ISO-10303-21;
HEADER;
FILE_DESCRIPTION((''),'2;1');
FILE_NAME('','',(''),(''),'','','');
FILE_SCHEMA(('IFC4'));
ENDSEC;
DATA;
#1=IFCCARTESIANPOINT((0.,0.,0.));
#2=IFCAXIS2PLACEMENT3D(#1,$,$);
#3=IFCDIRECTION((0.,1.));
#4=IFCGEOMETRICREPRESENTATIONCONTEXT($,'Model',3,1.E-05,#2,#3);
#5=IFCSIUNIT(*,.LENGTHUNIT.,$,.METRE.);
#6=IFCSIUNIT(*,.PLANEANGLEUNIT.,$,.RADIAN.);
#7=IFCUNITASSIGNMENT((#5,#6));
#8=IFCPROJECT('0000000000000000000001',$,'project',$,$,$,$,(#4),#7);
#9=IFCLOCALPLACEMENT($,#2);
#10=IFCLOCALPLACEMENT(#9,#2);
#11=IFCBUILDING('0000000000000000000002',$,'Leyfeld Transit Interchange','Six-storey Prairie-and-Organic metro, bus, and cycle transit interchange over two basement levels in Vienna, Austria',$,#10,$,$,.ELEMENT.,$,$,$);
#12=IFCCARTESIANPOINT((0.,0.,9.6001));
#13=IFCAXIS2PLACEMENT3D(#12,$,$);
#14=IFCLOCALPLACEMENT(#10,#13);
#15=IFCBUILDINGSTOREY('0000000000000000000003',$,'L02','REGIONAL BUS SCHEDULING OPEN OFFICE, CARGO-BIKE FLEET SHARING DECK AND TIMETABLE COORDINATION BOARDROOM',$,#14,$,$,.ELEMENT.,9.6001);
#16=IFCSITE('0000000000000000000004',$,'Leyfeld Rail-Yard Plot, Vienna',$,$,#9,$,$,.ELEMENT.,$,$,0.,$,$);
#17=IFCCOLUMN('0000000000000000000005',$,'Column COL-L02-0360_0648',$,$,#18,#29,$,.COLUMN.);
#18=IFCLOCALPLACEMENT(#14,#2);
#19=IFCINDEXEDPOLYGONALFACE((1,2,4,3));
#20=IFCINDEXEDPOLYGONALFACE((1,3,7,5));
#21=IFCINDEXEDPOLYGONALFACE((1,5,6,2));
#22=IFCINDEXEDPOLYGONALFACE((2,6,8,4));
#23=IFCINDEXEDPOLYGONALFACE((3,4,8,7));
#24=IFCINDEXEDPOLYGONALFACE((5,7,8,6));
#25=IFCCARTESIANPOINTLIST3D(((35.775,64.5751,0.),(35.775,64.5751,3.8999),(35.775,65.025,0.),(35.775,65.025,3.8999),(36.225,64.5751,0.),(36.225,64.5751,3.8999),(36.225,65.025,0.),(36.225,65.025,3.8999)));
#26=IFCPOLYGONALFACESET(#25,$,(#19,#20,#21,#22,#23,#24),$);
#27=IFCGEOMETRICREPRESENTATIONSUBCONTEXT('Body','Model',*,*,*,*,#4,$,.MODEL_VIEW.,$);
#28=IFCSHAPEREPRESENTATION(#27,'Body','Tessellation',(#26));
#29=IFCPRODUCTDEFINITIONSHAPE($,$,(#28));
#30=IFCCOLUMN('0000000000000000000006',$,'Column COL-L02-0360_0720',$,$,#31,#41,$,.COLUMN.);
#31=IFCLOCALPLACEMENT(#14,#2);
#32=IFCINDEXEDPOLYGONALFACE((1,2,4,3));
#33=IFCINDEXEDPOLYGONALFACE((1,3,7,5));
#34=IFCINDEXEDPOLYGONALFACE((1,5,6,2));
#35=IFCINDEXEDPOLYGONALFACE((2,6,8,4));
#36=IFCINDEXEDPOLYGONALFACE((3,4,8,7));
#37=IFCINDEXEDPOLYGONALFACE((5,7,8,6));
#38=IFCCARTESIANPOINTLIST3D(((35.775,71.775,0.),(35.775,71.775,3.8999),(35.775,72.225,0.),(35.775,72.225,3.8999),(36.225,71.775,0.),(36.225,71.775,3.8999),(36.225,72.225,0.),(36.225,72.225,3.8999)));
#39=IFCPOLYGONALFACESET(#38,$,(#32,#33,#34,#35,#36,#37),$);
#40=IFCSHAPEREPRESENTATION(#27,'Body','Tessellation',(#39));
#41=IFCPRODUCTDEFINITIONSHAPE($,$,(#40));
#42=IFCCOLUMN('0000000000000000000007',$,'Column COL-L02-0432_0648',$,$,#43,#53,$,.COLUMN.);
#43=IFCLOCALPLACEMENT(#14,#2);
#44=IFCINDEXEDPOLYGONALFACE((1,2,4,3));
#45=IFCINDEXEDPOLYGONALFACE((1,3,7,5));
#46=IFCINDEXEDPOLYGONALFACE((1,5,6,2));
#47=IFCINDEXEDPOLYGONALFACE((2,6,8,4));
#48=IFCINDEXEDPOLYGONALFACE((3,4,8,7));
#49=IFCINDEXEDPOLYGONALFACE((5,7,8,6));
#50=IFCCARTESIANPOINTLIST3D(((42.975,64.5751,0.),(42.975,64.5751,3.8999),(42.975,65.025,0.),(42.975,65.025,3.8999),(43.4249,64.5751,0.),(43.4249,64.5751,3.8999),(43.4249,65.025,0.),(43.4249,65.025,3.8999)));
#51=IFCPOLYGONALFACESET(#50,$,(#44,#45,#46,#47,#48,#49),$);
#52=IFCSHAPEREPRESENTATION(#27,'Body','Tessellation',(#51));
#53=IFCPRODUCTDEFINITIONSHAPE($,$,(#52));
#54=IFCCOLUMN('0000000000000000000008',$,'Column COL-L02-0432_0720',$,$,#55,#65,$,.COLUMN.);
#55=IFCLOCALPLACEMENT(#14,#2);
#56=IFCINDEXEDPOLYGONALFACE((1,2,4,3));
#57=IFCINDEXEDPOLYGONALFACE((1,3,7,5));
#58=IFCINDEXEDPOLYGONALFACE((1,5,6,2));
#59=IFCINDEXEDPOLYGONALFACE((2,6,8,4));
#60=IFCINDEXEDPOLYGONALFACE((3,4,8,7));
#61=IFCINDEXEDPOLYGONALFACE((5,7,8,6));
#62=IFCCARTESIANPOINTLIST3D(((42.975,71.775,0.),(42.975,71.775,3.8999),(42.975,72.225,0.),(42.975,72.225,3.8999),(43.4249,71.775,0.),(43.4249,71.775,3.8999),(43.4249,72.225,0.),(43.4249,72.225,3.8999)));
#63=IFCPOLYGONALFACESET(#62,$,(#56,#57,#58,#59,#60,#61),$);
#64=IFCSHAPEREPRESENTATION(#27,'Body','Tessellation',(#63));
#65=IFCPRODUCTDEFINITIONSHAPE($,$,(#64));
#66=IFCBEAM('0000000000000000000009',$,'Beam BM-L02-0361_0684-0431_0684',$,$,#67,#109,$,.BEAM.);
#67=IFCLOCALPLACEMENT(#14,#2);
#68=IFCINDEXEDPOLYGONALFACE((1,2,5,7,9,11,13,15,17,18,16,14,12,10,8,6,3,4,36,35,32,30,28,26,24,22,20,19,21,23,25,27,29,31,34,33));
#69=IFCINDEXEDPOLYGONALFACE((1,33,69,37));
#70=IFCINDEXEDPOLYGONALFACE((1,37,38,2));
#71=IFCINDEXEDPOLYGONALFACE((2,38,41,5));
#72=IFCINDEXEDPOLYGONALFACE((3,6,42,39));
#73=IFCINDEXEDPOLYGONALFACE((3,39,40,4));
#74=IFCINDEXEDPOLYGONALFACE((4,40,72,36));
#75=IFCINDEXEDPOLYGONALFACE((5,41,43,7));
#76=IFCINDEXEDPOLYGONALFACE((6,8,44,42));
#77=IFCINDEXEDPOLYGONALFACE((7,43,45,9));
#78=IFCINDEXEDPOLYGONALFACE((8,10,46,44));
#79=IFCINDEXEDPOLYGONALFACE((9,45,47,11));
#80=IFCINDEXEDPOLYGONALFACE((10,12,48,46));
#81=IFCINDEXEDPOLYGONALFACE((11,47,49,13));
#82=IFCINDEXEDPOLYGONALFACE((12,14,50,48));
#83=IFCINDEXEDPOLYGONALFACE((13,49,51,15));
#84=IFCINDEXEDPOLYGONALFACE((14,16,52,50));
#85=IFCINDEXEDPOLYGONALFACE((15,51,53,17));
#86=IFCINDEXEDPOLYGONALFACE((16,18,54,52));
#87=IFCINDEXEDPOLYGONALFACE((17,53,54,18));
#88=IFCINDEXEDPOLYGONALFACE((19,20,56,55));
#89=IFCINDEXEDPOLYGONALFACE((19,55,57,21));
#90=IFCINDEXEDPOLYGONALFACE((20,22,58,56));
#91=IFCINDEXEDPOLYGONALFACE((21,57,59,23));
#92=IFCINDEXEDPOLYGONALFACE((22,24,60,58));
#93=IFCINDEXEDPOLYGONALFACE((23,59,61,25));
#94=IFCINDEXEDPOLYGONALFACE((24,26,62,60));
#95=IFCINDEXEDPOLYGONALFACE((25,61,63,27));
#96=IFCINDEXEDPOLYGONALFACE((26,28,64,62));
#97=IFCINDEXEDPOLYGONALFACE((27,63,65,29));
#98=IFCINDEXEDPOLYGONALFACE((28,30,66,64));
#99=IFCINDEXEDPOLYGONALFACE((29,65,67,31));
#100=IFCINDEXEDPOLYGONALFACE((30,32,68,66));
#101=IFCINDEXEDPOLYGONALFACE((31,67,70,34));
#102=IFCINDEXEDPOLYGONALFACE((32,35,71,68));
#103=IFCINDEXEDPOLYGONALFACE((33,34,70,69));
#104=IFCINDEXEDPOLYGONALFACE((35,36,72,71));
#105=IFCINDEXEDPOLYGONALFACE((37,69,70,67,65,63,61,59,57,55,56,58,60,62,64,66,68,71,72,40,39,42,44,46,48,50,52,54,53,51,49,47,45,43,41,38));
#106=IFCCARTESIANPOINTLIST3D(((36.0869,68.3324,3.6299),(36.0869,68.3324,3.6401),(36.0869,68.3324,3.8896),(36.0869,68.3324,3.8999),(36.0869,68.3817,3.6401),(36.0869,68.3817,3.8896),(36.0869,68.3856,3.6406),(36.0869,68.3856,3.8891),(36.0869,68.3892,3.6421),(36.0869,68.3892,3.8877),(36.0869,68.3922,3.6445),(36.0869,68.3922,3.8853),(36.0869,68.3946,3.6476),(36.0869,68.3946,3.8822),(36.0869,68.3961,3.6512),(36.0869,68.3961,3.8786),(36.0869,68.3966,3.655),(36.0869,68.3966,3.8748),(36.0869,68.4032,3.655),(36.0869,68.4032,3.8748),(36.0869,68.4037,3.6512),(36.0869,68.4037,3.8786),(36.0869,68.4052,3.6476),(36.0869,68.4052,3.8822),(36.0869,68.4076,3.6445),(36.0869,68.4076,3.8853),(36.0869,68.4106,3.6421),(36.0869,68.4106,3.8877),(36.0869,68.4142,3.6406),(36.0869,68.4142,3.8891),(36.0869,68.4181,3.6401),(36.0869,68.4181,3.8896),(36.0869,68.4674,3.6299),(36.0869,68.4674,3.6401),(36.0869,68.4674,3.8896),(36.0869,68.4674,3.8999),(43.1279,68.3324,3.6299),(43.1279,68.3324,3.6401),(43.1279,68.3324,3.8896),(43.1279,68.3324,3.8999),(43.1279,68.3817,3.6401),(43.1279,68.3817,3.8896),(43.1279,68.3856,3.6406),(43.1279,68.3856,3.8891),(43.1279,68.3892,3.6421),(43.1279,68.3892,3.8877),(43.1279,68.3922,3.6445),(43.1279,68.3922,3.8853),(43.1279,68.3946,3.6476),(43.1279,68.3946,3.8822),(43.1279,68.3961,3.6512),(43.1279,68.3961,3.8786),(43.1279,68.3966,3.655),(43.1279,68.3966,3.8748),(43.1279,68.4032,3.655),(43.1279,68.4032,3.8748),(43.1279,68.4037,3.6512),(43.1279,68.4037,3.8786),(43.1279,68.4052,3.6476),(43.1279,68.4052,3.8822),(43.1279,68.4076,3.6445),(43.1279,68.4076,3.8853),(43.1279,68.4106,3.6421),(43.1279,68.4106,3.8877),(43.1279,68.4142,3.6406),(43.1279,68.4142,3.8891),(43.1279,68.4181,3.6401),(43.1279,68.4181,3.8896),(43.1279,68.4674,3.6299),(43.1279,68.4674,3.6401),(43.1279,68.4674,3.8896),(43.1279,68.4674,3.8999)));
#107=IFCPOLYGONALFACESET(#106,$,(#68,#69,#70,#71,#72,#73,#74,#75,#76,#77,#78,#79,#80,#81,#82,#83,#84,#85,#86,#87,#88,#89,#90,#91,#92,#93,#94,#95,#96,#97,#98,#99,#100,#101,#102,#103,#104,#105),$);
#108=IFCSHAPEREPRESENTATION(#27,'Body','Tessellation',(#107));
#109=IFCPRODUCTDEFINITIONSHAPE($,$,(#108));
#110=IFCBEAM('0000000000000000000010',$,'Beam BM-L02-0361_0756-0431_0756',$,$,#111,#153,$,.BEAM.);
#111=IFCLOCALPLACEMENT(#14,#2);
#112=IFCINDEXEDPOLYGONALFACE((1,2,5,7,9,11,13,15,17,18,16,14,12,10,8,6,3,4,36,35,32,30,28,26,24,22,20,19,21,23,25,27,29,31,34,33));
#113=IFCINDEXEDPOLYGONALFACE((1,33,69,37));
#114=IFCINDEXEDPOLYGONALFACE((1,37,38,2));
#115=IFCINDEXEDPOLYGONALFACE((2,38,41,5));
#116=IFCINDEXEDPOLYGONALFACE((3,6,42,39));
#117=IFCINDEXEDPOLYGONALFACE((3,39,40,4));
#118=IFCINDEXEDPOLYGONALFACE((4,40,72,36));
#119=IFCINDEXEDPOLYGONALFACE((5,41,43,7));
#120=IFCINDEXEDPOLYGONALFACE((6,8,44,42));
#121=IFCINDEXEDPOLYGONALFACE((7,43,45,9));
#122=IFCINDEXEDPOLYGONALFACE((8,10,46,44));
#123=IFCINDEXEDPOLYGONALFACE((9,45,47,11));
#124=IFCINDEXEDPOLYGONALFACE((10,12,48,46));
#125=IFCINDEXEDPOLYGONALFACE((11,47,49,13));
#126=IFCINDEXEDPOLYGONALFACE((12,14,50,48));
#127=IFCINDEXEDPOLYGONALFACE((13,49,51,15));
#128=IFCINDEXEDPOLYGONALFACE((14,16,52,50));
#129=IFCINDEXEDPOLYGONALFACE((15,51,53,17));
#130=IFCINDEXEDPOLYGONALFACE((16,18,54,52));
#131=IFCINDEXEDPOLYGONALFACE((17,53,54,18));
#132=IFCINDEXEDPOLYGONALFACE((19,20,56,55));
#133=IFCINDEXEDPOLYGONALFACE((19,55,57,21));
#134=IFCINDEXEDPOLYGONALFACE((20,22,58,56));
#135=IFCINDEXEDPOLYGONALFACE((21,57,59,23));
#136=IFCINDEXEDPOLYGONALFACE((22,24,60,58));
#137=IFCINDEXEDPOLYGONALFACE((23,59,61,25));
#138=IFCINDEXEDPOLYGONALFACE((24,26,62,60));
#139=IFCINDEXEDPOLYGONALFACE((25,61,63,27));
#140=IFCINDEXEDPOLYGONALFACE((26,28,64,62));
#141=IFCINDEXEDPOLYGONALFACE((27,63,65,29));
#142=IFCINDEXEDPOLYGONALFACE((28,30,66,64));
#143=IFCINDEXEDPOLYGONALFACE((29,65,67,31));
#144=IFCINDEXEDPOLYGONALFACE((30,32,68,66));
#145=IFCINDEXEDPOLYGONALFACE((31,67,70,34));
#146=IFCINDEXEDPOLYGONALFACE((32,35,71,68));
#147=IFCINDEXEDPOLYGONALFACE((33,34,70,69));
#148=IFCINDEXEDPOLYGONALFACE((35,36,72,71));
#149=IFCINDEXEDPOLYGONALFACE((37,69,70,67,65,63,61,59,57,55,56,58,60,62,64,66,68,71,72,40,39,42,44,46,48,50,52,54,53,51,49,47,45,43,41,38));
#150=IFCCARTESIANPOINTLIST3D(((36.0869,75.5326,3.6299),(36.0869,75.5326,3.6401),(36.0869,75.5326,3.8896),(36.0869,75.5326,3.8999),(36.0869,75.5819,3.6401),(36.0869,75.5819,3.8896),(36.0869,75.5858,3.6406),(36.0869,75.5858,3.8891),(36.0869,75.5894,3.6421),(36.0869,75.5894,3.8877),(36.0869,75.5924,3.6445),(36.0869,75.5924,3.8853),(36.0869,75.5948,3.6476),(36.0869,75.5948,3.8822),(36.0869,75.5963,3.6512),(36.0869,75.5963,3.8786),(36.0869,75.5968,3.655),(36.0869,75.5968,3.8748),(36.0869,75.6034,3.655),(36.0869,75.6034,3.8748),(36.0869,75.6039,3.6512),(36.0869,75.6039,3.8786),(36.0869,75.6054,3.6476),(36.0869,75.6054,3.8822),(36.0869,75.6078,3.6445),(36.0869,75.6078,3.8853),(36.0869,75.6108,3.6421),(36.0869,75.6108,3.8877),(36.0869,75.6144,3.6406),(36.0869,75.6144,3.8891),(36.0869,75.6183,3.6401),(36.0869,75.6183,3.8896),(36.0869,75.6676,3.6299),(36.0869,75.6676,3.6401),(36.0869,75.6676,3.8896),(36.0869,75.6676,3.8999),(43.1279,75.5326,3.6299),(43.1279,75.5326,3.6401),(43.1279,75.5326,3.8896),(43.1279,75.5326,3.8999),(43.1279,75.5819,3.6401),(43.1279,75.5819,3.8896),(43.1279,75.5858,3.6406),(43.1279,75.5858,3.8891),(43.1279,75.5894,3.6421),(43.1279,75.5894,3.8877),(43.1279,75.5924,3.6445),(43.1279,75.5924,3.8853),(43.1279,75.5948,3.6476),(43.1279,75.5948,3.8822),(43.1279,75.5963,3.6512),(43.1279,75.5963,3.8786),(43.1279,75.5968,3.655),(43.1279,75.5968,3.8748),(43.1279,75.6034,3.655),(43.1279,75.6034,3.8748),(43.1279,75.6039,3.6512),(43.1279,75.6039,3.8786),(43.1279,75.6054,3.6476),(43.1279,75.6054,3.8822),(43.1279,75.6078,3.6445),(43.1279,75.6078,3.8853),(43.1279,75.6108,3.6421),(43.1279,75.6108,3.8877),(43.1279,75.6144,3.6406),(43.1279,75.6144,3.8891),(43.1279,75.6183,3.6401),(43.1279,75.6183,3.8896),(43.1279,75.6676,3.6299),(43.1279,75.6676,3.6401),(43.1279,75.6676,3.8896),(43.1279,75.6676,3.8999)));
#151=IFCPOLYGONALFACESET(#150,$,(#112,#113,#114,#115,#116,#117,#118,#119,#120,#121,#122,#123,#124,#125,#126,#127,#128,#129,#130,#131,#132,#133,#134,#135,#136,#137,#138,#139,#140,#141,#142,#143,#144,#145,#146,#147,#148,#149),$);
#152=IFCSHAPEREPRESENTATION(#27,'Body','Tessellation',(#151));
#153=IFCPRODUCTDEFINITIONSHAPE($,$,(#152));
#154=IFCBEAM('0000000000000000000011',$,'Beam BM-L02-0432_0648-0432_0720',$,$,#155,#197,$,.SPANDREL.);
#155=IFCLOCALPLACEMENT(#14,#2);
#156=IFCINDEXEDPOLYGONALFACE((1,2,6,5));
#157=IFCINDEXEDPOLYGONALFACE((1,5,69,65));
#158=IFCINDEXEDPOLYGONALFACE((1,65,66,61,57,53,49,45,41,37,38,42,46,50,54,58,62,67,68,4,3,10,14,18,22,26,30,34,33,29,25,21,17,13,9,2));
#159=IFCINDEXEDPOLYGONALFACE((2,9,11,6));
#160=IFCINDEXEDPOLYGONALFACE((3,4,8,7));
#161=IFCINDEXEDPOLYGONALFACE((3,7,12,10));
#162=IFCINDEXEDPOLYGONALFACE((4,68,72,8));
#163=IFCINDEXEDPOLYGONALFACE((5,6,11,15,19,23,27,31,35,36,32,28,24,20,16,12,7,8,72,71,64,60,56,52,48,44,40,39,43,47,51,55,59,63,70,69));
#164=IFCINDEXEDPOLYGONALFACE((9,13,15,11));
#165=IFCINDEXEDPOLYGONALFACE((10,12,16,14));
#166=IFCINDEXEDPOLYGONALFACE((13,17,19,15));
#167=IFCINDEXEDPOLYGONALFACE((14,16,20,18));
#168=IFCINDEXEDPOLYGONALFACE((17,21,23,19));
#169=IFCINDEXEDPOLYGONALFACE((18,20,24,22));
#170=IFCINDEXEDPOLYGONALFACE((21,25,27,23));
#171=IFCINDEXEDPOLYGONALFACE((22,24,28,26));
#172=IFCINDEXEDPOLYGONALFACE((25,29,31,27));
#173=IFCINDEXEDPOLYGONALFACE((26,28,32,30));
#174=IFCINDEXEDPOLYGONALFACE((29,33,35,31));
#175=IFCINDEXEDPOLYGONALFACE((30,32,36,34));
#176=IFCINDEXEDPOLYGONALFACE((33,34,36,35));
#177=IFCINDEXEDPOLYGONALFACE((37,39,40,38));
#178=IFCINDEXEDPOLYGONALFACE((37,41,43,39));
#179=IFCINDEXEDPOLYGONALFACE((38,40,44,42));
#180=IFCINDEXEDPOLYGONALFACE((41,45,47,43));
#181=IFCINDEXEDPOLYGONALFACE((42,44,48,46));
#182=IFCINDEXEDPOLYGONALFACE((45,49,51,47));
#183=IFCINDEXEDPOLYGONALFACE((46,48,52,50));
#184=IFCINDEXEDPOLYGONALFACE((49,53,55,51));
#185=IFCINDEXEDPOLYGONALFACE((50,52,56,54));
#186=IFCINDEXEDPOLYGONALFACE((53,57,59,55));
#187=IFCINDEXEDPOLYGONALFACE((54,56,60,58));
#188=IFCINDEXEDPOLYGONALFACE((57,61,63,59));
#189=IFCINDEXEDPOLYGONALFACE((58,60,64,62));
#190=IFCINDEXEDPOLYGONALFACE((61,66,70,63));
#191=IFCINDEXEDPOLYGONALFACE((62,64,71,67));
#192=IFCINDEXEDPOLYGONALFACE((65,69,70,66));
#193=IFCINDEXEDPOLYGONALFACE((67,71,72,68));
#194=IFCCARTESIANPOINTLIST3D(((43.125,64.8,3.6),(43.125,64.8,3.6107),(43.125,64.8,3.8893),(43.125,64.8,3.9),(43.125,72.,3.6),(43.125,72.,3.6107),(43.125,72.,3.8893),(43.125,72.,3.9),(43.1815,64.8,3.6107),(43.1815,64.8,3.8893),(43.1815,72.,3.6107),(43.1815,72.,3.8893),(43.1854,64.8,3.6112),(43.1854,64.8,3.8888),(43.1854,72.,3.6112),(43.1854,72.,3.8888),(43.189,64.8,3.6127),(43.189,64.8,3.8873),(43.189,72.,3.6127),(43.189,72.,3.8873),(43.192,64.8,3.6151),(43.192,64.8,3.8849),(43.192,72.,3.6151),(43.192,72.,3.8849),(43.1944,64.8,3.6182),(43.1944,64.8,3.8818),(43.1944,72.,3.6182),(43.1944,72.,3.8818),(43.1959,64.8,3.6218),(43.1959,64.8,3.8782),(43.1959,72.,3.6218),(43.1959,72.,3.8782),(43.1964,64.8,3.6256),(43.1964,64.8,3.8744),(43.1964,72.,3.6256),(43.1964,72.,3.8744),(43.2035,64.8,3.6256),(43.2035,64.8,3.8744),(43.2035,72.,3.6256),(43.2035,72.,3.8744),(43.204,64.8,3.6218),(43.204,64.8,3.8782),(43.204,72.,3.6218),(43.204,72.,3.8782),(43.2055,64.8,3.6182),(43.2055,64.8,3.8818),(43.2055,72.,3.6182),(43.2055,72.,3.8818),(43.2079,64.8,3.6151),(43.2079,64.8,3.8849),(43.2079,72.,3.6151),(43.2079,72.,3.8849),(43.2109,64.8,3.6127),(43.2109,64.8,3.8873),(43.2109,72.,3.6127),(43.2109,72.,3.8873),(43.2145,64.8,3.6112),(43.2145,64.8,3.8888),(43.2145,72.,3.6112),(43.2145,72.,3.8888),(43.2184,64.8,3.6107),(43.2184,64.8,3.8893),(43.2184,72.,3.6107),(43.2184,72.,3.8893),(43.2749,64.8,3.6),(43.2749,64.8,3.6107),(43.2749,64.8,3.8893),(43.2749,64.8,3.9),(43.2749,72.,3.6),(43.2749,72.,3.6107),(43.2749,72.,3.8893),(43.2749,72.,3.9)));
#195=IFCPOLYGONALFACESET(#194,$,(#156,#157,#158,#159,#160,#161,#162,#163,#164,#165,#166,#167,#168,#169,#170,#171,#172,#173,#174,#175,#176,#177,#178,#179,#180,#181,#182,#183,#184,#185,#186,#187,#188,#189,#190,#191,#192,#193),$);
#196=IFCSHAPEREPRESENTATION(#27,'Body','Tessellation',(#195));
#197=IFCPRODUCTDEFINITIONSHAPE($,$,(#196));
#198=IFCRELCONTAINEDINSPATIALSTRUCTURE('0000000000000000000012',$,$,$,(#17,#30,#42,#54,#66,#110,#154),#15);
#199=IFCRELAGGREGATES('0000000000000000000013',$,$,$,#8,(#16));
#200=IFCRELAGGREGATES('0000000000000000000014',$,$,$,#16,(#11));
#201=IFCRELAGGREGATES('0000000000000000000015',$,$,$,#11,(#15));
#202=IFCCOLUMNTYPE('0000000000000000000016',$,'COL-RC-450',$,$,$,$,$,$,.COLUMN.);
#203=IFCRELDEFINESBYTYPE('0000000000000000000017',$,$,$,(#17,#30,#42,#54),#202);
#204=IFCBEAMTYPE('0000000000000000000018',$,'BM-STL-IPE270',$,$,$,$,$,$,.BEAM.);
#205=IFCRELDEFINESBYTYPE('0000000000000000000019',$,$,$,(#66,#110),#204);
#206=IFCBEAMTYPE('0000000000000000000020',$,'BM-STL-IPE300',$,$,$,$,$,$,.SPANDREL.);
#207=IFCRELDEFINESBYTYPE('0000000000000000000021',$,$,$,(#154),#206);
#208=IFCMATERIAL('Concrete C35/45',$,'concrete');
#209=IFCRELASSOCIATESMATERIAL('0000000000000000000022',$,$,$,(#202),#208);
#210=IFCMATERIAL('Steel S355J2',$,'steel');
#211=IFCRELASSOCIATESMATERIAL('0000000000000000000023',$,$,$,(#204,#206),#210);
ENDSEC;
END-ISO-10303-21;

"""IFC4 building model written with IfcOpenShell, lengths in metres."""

from ifc_helpers import new_model, si_unit, direction, frame, origin, origin_2d, place, context, subcontext, project, spatial, rectangle, i_section, extrude, material, material_profile, profile_set, type_object, element, save


model = new_model("IFC4")

# Units and contexts
model_context = context("Model", 3, precision=1e-05, world=origin(), true_north=direction((0.0, 1.0)))
body_context = subcontext(model_context, "Body", "Model", "MODEL_VIEW")
ifc_project = project(units=[si_unit("LENGTHUNIT", "METRE"), si_unit("PLANEANGLEUNIT", "RADIAN")], contexts=[model_context])

# Site, building, storey
site_placement = place(None, origin())
site = spatial("IfcSite", under=ifc_project, at=site_placement, Name="Leyfeld Rail-Yard Plot, Vienna", CompositionType="ELEMENT", RefElevation=0.0)
building_placement = place(site_placement, origin())
building = spatial("IfcBuilding", under=site, at=building_placement, Name="Leyfeld Transit Interchange", Description="Six-storey Prairie-and-Organic metro, bus, and cycle transit interchange over two basement levels in Vienna, Austria", CompositionType="ELEMENT")
storey_placement = place(building_placement, frame((0.0, 0.0, 9.6001)))
storey = spatial("IfcBuildingStorey", under=building, at=storey_placement, Name="L02", Description="REGIONAL BUS SCHEDULING OPEN OFFICE, CARGO-BIKE FLEET SHARING DECK AND TIMETABLE COORDINATION BOARDROOM", CompositionType="ELEMENT", Elevation=9.6001)

# Columns
ifc_material_1 = material(Name="Concrete C35/45", Category="concrete")
ifc_material_profile_1 = material_profile(ifc_material_1, rectangle(XDim=0.45, YDim=0.45, at=origin_2d()), Name="RC 450x450")
ifc_profile_set_1 = profile_set([ifc_material_profile_1], Name="Concrete C35/45")
column_type = type_object("IfcColumnType", Name="COL-RC-450", PredefinedType="COLUMN", material=ifc_profile_set_1)
for number, where, z_axis, x_axis, name in (
    (1, (36.0, 64.8, 0.0), (0.0, 0.0, 1.0), (1.0, 0.0, 0.0), "Column COL-L02-0360_0648"),
    (2, (36.0, 72.0, 0.0), (0.0, 0.0, 1.0), (1.0, 0.0, 0.0), "Column COL-L02-0360_0720"),
    (3, (43.2, 64.8, 0.0), (0.0, 0.0, 1.0), (1.0, 0.0, 0.0), "Column COL-L02-0432_0648"),
    (4, (43.2, 72.0, 0.0), (0.0, 0.0, 1.0), (0.0, 1.0, 0.0), "Column COL-L02-0432_0720"),
):
    element("IfcColumn", number, at=place(storey_placement, frame(where, z_axis=z_axis, x_axis=x_axis)), inside=storey, type_object=column_type, Name=name, PredefinedType="COLUMN", context=body_context, shape_type="SweptSolid", body=[
        extrude(rectangle(XDim=0.45, YDim=0.45, at=origin_2d()), origin(), (0.0, 0.0, 1.0), 3.8999),
    ])

# Beams
ifc_material_2 = material(Name="Steel S355J2", Category="steel")
ifc_material_profile_2 = material_profile(ifc_material_2, i_section(OverallWidth=0.135, OverallDepth=0.27, WebThickness=0.0066, FlangeThickness=0.0103, FilletRadius=0.0149, at=origin_2d()), Name="IPE 270")
ifc_profile_set_2 = profile_set([ifc_material_profile_2], Name="Steel S355J2")
beam_type_1 = type_object("IfcBeamType", Name="BM-STL-IPE270", PredefinedType="BEAM", material=ifc_profile_set_2)
for number, where, z_axis, x_axis, name in (
    (5, (36.0869, 68.3999, 3.7649), (1.0, 0.0, 0.0), (0.0, 1.0, 0.0), "Beam BM-L02-0361_0684-0431_0684"),
    (6, (36.0869, 75.6001, 3.7649), (1.0, 0.0, 0.0), (0.0, 1.0, 0.0), "Beam BM-L02-0361_0756-0431_0756"),
):
    element("IfcBeam", number, at=place(storey_placement, frame(where, z_axis=z_axis, x_axis=x_axis)), inside=storey, type_object=beam_type_1, Name=name, PredefinedType="BEAM", context=body_context, shape_type="SweptSolid", body=[
        extrude(i_section(OverallWidth=0.135, OverallDepth=0.27, WebThickness=0.0066, FlangeThickness=0.0103, FilletRadius=0.0149, at=origin_2d()), origin(), (0.0, 0.0, 1.0), 7.041),
    ])
ifc_material_profile_3 = material_profile(ifc_material_2, i_section(OverallWidth=0.1499, OverallDepth=0.3, WebThickness=0.0071, FlangeThickness=0.0107, FilletRadius=0.0149, at=origin_2d()), Name="IPE 300")
ifc_profile_set_3 = profile_set([ifc_material_profile_3], Name="Steel S355J2")
beam_type_2 = type_object("IfcBeamType", Name="BM-STL-IPE300", PredefinedType="SPANDREL", material=ifc_profile_set_3)
for number, where, z_axis, x_axis, name in (
    (7, (43.2, 64.8, 3.75), (0.0, 1.0, 0.0), (-1.0, 0.0, 0.0), "Beam BM-L02-0432_0648-0432_0720"),
):
    element("IfcBeam", number, at=place(storey_placement, frame(where, z_axis=z_axis, x_axis=x_axis)), inside=storey, type_object=beam_type_2, Name=name, PredefinedType="SPANDREL", context=body_context, shape_type="SweptSolid", body=[
        extrude(i_section(OverallWidth=0.1499, OverallDepth=0.3, WebThickness=0.0071, FlangeThickness=0.0107, FilletRadius=0.0149, at=origin_2d()), origin(), (0.0, 0.0, 1.0), 7.2),
    ])

save(model, "model.ifc")
